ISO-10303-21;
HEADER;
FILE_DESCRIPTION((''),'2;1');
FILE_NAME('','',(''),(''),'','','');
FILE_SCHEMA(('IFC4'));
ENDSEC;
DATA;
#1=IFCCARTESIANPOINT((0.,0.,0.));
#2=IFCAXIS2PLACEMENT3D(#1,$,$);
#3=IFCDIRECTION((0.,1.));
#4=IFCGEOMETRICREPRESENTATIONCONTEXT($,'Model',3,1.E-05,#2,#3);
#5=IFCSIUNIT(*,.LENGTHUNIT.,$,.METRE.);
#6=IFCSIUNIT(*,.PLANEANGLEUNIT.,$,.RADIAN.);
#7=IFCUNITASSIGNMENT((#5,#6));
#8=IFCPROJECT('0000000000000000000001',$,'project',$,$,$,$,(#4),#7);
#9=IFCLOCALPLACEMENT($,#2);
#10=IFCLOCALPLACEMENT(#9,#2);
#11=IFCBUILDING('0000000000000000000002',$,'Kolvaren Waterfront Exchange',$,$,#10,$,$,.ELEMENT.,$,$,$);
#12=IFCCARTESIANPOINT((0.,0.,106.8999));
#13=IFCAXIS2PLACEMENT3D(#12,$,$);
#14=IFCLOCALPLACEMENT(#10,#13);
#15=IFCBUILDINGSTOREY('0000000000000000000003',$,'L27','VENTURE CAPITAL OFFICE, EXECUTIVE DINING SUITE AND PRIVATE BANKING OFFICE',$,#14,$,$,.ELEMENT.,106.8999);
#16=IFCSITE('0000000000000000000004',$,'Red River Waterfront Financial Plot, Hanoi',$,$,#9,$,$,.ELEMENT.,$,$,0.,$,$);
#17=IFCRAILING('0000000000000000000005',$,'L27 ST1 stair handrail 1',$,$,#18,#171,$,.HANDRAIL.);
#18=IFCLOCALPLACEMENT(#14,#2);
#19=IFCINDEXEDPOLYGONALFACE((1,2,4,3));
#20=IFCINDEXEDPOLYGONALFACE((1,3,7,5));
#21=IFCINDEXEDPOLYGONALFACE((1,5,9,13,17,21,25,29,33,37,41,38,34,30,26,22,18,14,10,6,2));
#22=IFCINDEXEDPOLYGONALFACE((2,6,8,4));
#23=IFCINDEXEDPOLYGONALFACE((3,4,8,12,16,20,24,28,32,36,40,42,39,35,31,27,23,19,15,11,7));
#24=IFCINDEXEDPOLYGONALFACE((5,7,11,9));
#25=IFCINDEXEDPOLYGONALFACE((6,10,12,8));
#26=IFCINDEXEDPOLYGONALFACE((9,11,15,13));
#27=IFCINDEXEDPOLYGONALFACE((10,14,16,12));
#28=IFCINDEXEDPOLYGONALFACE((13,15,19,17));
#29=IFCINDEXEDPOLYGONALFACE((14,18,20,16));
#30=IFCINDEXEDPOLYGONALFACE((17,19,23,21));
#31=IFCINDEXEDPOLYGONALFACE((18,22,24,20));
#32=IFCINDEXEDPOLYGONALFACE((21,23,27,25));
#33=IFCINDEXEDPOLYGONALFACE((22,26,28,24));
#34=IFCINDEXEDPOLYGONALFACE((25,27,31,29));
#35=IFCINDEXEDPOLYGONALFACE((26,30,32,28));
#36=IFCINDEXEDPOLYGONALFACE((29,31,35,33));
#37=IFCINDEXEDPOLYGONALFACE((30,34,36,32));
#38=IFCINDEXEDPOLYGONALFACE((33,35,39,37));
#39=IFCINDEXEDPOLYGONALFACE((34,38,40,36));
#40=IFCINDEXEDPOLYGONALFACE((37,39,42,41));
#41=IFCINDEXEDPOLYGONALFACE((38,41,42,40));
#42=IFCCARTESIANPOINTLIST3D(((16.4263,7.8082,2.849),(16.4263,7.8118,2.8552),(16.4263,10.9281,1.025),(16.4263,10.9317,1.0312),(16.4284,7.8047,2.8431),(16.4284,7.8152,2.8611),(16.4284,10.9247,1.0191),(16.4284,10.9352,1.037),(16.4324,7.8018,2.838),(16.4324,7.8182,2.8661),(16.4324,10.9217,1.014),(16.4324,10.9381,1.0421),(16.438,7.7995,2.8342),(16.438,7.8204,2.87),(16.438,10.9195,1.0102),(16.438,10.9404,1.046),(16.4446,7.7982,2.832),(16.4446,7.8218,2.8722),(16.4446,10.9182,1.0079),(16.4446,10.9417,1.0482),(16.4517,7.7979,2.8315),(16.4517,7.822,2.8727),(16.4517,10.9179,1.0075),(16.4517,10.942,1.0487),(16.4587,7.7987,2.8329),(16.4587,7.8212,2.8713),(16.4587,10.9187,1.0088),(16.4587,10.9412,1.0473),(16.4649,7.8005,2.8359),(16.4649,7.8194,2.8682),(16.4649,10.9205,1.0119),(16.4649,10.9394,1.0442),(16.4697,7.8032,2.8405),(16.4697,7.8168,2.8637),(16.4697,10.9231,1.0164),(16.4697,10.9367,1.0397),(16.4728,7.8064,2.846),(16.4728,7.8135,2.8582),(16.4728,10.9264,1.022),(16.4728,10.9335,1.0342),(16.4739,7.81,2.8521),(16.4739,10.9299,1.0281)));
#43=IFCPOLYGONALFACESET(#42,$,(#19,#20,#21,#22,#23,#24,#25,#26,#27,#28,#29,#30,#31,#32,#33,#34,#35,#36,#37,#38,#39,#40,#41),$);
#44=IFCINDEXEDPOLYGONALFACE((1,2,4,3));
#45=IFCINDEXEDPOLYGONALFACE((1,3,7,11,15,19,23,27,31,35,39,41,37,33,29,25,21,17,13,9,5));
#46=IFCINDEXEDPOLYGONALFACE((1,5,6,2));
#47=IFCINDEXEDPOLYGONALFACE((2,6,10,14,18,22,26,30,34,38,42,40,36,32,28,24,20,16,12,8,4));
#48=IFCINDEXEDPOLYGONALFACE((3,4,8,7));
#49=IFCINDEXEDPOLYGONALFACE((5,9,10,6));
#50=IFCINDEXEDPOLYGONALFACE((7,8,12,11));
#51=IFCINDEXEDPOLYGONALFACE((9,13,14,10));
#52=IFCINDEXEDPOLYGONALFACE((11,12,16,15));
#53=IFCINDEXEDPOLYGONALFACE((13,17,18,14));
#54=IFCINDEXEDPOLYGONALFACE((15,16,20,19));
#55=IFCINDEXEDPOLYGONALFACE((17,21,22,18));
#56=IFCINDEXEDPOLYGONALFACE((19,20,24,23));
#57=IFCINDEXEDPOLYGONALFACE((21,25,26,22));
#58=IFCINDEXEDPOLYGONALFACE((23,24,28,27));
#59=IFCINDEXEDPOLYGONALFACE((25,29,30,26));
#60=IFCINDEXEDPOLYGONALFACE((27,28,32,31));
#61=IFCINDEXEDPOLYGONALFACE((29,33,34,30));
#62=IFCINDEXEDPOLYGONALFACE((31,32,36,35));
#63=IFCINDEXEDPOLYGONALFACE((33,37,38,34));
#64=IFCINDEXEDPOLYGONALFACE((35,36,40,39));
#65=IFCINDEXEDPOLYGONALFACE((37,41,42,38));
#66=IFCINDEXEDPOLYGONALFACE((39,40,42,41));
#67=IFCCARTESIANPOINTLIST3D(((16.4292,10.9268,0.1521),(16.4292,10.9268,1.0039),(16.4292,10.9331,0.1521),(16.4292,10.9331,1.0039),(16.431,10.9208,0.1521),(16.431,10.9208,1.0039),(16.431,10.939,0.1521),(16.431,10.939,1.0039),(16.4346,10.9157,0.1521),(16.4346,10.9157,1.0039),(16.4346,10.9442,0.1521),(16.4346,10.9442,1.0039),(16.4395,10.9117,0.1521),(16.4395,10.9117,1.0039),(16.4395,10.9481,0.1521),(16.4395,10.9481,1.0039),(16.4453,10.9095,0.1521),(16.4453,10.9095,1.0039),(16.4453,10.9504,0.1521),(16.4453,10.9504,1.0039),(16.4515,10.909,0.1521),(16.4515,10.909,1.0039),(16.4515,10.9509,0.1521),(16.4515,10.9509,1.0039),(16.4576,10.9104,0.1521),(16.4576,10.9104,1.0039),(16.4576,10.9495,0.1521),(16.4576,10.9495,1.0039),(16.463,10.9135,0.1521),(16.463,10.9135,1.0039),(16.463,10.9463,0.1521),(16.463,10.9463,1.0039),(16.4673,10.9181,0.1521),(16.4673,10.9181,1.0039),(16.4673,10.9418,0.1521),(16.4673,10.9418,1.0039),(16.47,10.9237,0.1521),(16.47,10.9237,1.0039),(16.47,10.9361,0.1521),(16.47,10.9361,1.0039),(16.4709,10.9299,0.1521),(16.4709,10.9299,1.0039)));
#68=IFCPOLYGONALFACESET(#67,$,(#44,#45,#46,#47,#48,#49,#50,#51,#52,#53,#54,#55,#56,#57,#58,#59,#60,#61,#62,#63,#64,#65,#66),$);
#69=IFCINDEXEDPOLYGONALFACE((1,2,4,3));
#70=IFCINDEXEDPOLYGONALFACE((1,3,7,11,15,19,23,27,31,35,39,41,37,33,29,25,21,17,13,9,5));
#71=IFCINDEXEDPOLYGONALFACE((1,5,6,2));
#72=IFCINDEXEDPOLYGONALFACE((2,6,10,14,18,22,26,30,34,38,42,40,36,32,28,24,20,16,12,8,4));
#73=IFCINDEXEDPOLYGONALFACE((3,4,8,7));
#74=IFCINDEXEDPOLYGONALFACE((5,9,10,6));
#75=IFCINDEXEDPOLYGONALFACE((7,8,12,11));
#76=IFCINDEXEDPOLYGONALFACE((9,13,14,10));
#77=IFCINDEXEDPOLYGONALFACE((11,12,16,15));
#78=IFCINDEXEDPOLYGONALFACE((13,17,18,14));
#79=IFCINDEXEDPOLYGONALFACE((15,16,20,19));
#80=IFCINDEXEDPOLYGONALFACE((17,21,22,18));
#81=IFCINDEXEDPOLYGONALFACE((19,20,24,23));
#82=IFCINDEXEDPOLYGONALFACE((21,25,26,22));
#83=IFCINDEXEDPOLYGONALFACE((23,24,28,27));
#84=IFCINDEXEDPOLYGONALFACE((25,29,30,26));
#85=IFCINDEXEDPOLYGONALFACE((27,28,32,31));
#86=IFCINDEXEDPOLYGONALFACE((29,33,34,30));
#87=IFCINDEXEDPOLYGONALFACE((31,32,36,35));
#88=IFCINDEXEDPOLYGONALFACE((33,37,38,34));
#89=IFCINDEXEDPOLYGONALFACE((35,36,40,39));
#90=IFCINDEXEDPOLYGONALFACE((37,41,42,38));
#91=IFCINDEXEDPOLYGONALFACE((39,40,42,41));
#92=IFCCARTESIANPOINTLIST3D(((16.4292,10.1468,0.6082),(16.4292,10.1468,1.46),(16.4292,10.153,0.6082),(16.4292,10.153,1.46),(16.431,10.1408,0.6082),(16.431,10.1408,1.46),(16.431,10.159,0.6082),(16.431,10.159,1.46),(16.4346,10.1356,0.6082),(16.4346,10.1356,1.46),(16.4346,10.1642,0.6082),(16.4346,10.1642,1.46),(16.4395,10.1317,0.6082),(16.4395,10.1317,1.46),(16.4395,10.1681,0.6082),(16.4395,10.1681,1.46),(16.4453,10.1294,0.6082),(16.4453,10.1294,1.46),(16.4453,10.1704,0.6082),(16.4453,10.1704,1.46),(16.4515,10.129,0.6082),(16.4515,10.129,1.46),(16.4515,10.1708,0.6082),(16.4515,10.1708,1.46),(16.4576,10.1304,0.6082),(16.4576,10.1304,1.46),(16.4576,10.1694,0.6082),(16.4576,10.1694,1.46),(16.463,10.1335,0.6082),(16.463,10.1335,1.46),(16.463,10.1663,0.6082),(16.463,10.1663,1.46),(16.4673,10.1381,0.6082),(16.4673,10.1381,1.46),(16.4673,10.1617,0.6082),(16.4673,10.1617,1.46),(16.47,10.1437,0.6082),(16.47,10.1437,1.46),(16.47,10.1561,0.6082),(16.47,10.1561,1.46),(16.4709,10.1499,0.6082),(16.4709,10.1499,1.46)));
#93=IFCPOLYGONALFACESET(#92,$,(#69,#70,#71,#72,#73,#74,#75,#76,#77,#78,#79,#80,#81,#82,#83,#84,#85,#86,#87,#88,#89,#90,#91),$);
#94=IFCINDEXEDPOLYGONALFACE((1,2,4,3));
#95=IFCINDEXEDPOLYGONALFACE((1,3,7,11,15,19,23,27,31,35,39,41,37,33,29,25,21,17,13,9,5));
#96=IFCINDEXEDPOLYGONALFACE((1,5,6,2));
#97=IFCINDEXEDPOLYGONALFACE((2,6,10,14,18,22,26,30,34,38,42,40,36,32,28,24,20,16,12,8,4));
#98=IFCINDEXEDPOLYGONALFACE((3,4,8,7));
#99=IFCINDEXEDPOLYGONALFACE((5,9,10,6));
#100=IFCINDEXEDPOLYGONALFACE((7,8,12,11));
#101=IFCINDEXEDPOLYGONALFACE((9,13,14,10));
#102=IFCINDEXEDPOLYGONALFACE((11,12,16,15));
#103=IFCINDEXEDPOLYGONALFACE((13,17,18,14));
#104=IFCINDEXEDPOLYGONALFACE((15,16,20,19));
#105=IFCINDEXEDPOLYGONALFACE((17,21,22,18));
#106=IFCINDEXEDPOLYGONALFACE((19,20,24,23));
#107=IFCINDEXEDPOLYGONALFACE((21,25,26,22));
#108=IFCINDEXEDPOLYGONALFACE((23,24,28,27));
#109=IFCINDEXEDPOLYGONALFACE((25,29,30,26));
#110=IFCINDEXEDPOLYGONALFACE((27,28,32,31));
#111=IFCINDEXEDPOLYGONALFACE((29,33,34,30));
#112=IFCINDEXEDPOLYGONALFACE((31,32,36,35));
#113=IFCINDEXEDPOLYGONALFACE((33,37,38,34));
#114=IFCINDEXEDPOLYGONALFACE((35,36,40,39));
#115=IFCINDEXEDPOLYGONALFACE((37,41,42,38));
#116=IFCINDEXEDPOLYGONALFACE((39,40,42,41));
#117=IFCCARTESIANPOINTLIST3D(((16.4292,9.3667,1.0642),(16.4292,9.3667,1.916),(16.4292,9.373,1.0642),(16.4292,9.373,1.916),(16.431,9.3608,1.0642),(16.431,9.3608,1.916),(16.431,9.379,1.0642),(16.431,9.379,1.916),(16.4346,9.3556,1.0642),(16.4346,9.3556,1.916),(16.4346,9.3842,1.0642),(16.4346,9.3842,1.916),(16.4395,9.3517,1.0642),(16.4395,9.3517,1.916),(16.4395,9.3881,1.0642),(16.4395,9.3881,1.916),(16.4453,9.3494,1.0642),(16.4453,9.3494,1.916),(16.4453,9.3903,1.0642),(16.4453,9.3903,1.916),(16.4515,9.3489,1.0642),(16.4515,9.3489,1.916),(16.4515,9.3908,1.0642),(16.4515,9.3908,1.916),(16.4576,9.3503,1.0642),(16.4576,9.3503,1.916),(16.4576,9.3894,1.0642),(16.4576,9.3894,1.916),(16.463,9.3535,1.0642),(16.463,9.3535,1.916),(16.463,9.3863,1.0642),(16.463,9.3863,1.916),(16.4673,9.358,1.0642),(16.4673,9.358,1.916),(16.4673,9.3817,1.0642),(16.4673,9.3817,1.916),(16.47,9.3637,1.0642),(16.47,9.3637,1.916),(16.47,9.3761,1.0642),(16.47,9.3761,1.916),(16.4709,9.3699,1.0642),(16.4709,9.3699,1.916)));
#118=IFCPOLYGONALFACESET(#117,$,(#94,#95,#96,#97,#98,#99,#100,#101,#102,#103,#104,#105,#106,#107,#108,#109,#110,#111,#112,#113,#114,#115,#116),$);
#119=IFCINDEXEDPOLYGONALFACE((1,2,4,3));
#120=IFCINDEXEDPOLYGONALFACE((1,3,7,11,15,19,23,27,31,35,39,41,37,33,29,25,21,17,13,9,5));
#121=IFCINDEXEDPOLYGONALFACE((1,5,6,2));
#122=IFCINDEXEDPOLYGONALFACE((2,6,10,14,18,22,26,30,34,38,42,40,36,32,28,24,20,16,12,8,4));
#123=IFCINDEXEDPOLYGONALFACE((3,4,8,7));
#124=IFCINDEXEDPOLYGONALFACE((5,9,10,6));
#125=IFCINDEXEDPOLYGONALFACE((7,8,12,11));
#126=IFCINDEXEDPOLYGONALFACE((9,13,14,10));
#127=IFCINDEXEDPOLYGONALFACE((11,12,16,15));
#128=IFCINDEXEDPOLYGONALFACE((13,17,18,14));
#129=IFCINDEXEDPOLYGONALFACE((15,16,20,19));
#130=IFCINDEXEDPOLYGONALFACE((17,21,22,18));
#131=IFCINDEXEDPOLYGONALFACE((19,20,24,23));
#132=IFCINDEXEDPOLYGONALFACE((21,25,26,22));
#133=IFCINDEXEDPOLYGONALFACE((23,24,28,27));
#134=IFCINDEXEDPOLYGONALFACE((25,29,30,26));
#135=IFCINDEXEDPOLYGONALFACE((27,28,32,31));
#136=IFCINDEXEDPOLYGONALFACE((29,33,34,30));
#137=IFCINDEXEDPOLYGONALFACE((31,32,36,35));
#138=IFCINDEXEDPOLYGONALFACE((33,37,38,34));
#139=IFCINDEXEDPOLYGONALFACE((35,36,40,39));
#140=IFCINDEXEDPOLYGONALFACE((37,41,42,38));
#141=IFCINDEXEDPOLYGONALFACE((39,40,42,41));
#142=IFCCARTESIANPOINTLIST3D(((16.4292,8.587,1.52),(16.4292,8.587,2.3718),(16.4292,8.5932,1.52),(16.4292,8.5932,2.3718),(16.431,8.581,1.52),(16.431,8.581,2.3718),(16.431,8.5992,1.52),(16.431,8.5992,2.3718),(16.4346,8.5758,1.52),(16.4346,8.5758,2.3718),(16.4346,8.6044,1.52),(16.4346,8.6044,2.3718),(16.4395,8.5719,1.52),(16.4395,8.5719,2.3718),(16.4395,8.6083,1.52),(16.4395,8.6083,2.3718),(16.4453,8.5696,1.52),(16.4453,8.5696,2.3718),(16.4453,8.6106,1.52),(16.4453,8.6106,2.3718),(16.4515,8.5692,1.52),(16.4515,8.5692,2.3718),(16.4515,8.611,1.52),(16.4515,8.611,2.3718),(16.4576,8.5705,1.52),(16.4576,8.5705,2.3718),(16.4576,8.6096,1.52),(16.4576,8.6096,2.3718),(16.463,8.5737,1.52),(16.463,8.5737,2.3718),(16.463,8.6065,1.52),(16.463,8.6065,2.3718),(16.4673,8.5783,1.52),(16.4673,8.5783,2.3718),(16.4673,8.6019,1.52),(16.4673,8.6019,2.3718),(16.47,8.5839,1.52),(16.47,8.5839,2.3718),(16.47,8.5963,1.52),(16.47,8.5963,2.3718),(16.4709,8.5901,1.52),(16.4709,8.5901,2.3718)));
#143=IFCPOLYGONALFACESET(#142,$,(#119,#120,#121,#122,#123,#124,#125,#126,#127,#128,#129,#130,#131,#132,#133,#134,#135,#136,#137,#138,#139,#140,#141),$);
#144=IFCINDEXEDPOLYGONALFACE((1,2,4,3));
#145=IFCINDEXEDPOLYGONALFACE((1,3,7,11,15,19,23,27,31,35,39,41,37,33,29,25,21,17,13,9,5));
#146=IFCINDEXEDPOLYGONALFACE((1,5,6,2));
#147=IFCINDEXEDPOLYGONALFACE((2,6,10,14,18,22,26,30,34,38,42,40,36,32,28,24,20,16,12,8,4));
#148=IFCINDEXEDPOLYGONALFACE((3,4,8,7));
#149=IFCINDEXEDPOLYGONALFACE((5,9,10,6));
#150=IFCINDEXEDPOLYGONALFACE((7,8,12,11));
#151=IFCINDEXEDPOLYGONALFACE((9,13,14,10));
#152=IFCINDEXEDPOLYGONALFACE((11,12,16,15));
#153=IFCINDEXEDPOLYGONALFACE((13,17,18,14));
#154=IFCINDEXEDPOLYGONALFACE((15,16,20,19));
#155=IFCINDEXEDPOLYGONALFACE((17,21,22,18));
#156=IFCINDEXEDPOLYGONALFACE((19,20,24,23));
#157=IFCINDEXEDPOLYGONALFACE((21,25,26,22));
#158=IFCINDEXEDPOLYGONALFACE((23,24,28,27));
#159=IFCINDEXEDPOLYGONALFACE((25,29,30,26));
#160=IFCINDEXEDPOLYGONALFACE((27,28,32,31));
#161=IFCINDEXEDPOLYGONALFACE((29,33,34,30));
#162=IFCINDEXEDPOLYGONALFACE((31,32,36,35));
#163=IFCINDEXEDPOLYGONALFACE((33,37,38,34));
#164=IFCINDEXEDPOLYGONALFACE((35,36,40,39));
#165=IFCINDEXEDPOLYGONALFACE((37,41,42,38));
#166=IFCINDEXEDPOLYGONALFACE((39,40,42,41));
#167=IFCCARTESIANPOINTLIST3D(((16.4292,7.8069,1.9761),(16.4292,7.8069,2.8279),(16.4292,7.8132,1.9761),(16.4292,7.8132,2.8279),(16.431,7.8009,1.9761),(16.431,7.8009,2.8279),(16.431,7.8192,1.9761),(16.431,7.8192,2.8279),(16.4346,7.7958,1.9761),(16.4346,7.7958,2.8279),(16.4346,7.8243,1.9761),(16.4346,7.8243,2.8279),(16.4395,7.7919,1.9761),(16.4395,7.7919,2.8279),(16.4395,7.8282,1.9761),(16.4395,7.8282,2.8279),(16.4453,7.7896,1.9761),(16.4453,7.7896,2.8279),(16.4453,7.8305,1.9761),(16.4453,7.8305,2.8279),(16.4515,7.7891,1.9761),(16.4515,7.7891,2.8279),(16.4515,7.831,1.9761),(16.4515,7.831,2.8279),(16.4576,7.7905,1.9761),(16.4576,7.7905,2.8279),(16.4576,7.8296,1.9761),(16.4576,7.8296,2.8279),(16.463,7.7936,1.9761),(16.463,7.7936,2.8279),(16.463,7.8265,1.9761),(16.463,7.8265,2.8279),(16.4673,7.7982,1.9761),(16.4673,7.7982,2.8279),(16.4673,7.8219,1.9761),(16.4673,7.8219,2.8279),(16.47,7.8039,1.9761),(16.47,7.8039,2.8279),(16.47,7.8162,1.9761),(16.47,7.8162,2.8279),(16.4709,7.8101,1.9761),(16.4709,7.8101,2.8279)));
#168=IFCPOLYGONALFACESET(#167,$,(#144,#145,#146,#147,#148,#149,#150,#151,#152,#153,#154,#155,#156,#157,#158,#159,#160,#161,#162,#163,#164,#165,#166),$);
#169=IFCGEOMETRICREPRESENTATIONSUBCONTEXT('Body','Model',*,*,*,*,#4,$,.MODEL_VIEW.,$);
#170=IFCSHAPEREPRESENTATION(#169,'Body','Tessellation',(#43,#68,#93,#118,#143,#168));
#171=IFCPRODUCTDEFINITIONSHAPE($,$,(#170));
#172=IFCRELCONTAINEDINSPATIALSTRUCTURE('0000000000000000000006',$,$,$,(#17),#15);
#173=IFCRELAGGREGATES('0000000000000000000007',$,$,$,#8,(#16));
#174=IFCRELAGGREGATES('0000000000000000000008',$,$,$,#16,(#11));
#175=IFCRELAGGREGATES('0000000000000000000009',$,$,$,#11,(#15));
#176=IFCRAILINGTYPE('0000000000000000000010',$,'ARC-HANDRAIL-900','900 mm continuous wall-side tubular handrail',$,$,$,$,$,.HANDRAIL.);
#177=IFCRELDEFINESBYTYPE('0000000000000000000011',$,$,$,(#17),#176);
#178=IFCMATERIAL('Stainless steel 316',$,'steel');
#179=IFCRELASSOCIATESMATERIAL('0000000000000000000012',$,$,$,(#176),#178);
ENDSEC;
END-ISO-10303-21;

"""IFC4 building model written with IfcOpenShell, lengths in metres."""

from ifc_helpers import new_model, si_unit, direction, frame, origin, origin_2d, place, context, subcontext, project, spatial, circle, extrude, material, type_object, element, save


model = new_model("IFC4")

# Units and contexts
model_context = context("Model", 3, precision=1e-05, world=origin(), true_north=direction((0.0, 1.0)))
body_context = subcontext(model_context, "Body", "Model", "MODEL_VIEW")
ifc_project = project(units=[si_unit("LENGTHUNIT", "METRE"), si_unit("PLANEANGLEUNIT", "RADIAN")], contexts=[model_context])

# Site, building, storey
site_placement = place(None, origin())
site = spatial("IfcSite", under=ifc_project, at=site_placement, Name="Red River Waterfront Financial Plot, Hanoi", CompositionType="ELEMENT", RefElevation=0.0)
building_placement = place(site_placement, origin())
building = spatial("IfcBuilding", under=site, at=building_placement, Name="Kolvaren Waterfront Exchange", CompositionType="ELEMENT")
storey_placement = place(building_placement, frame((0.0, 0.0, 106.8999)))
storey = spatial("IfcBuildingStorey", under=building, at=storey_placement, Name="L27", Description="VENTURE CAPITAL OFFICE, EXECUTIVE DINING SUITE AND PRIVATE BANKING OFFICE", CompositionType="ELEMENT", Elevation=106.8999)

# Railing
ifc_material_1 = material(Name="Stainless steel 316", Category="steel")
railing_type_1 = type_object("IfcRailingType", Name="ARC-HANDRAIL-900", Description="900 mm continuous wall-side tubular handrail", PredefinedType="HANDRAIL", material=ifc_material_1)
railing_1_placement = place(storey_placement, frame((16.45, 10.9299, 0.1521)))
element("IfcRailing", 1, at=railing_1_placement, inside=storey, type_object=railing_type_1, Name="L27 ST1 stair handrail 1", PredefinedType="HANDRAIL", context=body_context, shape_type="SweptSolid", body=[
    extrude(circle(Radius=0.0239, at=origin_2d()), frame((0.0, 0.0, 0.876), z_axis=(0.0, -0.863291, 0.504707), x_axis=(1.0, 0.0, 0.0)), (0.0, 0.0, 1.0), 3.614),
    extrude(circle(Radius=0.021, at=origin_2d()), origin(), (0.0, 0.0, 1.0), 0.8518),
    extrude(circle(Radius=0.021, at=origin_2d()), frame((0.0, -0.78, 0.4561)), (0.0, 0.0, 1.0), 0.8518),
    extrude(circle(Radius=0.021, at=origin_2d()), frame((0.0, -1.5601, 0.9121)), (0.0, 0.0, 1.0), 0.8518),
    extrude(circle(Radius=0.021, at=origin_2d()), frame((0.0, -2.3398, 1.3679)), (0.0, 0.0, 1.0), 0.8518),
    extrude(circle(Radius=0.021, at=origin_2d()), frame((0.0, -3.1199, 1.824)), (0.0, 0.0, 1.0), 0.8518),
])

save(model, "model.ifc")
